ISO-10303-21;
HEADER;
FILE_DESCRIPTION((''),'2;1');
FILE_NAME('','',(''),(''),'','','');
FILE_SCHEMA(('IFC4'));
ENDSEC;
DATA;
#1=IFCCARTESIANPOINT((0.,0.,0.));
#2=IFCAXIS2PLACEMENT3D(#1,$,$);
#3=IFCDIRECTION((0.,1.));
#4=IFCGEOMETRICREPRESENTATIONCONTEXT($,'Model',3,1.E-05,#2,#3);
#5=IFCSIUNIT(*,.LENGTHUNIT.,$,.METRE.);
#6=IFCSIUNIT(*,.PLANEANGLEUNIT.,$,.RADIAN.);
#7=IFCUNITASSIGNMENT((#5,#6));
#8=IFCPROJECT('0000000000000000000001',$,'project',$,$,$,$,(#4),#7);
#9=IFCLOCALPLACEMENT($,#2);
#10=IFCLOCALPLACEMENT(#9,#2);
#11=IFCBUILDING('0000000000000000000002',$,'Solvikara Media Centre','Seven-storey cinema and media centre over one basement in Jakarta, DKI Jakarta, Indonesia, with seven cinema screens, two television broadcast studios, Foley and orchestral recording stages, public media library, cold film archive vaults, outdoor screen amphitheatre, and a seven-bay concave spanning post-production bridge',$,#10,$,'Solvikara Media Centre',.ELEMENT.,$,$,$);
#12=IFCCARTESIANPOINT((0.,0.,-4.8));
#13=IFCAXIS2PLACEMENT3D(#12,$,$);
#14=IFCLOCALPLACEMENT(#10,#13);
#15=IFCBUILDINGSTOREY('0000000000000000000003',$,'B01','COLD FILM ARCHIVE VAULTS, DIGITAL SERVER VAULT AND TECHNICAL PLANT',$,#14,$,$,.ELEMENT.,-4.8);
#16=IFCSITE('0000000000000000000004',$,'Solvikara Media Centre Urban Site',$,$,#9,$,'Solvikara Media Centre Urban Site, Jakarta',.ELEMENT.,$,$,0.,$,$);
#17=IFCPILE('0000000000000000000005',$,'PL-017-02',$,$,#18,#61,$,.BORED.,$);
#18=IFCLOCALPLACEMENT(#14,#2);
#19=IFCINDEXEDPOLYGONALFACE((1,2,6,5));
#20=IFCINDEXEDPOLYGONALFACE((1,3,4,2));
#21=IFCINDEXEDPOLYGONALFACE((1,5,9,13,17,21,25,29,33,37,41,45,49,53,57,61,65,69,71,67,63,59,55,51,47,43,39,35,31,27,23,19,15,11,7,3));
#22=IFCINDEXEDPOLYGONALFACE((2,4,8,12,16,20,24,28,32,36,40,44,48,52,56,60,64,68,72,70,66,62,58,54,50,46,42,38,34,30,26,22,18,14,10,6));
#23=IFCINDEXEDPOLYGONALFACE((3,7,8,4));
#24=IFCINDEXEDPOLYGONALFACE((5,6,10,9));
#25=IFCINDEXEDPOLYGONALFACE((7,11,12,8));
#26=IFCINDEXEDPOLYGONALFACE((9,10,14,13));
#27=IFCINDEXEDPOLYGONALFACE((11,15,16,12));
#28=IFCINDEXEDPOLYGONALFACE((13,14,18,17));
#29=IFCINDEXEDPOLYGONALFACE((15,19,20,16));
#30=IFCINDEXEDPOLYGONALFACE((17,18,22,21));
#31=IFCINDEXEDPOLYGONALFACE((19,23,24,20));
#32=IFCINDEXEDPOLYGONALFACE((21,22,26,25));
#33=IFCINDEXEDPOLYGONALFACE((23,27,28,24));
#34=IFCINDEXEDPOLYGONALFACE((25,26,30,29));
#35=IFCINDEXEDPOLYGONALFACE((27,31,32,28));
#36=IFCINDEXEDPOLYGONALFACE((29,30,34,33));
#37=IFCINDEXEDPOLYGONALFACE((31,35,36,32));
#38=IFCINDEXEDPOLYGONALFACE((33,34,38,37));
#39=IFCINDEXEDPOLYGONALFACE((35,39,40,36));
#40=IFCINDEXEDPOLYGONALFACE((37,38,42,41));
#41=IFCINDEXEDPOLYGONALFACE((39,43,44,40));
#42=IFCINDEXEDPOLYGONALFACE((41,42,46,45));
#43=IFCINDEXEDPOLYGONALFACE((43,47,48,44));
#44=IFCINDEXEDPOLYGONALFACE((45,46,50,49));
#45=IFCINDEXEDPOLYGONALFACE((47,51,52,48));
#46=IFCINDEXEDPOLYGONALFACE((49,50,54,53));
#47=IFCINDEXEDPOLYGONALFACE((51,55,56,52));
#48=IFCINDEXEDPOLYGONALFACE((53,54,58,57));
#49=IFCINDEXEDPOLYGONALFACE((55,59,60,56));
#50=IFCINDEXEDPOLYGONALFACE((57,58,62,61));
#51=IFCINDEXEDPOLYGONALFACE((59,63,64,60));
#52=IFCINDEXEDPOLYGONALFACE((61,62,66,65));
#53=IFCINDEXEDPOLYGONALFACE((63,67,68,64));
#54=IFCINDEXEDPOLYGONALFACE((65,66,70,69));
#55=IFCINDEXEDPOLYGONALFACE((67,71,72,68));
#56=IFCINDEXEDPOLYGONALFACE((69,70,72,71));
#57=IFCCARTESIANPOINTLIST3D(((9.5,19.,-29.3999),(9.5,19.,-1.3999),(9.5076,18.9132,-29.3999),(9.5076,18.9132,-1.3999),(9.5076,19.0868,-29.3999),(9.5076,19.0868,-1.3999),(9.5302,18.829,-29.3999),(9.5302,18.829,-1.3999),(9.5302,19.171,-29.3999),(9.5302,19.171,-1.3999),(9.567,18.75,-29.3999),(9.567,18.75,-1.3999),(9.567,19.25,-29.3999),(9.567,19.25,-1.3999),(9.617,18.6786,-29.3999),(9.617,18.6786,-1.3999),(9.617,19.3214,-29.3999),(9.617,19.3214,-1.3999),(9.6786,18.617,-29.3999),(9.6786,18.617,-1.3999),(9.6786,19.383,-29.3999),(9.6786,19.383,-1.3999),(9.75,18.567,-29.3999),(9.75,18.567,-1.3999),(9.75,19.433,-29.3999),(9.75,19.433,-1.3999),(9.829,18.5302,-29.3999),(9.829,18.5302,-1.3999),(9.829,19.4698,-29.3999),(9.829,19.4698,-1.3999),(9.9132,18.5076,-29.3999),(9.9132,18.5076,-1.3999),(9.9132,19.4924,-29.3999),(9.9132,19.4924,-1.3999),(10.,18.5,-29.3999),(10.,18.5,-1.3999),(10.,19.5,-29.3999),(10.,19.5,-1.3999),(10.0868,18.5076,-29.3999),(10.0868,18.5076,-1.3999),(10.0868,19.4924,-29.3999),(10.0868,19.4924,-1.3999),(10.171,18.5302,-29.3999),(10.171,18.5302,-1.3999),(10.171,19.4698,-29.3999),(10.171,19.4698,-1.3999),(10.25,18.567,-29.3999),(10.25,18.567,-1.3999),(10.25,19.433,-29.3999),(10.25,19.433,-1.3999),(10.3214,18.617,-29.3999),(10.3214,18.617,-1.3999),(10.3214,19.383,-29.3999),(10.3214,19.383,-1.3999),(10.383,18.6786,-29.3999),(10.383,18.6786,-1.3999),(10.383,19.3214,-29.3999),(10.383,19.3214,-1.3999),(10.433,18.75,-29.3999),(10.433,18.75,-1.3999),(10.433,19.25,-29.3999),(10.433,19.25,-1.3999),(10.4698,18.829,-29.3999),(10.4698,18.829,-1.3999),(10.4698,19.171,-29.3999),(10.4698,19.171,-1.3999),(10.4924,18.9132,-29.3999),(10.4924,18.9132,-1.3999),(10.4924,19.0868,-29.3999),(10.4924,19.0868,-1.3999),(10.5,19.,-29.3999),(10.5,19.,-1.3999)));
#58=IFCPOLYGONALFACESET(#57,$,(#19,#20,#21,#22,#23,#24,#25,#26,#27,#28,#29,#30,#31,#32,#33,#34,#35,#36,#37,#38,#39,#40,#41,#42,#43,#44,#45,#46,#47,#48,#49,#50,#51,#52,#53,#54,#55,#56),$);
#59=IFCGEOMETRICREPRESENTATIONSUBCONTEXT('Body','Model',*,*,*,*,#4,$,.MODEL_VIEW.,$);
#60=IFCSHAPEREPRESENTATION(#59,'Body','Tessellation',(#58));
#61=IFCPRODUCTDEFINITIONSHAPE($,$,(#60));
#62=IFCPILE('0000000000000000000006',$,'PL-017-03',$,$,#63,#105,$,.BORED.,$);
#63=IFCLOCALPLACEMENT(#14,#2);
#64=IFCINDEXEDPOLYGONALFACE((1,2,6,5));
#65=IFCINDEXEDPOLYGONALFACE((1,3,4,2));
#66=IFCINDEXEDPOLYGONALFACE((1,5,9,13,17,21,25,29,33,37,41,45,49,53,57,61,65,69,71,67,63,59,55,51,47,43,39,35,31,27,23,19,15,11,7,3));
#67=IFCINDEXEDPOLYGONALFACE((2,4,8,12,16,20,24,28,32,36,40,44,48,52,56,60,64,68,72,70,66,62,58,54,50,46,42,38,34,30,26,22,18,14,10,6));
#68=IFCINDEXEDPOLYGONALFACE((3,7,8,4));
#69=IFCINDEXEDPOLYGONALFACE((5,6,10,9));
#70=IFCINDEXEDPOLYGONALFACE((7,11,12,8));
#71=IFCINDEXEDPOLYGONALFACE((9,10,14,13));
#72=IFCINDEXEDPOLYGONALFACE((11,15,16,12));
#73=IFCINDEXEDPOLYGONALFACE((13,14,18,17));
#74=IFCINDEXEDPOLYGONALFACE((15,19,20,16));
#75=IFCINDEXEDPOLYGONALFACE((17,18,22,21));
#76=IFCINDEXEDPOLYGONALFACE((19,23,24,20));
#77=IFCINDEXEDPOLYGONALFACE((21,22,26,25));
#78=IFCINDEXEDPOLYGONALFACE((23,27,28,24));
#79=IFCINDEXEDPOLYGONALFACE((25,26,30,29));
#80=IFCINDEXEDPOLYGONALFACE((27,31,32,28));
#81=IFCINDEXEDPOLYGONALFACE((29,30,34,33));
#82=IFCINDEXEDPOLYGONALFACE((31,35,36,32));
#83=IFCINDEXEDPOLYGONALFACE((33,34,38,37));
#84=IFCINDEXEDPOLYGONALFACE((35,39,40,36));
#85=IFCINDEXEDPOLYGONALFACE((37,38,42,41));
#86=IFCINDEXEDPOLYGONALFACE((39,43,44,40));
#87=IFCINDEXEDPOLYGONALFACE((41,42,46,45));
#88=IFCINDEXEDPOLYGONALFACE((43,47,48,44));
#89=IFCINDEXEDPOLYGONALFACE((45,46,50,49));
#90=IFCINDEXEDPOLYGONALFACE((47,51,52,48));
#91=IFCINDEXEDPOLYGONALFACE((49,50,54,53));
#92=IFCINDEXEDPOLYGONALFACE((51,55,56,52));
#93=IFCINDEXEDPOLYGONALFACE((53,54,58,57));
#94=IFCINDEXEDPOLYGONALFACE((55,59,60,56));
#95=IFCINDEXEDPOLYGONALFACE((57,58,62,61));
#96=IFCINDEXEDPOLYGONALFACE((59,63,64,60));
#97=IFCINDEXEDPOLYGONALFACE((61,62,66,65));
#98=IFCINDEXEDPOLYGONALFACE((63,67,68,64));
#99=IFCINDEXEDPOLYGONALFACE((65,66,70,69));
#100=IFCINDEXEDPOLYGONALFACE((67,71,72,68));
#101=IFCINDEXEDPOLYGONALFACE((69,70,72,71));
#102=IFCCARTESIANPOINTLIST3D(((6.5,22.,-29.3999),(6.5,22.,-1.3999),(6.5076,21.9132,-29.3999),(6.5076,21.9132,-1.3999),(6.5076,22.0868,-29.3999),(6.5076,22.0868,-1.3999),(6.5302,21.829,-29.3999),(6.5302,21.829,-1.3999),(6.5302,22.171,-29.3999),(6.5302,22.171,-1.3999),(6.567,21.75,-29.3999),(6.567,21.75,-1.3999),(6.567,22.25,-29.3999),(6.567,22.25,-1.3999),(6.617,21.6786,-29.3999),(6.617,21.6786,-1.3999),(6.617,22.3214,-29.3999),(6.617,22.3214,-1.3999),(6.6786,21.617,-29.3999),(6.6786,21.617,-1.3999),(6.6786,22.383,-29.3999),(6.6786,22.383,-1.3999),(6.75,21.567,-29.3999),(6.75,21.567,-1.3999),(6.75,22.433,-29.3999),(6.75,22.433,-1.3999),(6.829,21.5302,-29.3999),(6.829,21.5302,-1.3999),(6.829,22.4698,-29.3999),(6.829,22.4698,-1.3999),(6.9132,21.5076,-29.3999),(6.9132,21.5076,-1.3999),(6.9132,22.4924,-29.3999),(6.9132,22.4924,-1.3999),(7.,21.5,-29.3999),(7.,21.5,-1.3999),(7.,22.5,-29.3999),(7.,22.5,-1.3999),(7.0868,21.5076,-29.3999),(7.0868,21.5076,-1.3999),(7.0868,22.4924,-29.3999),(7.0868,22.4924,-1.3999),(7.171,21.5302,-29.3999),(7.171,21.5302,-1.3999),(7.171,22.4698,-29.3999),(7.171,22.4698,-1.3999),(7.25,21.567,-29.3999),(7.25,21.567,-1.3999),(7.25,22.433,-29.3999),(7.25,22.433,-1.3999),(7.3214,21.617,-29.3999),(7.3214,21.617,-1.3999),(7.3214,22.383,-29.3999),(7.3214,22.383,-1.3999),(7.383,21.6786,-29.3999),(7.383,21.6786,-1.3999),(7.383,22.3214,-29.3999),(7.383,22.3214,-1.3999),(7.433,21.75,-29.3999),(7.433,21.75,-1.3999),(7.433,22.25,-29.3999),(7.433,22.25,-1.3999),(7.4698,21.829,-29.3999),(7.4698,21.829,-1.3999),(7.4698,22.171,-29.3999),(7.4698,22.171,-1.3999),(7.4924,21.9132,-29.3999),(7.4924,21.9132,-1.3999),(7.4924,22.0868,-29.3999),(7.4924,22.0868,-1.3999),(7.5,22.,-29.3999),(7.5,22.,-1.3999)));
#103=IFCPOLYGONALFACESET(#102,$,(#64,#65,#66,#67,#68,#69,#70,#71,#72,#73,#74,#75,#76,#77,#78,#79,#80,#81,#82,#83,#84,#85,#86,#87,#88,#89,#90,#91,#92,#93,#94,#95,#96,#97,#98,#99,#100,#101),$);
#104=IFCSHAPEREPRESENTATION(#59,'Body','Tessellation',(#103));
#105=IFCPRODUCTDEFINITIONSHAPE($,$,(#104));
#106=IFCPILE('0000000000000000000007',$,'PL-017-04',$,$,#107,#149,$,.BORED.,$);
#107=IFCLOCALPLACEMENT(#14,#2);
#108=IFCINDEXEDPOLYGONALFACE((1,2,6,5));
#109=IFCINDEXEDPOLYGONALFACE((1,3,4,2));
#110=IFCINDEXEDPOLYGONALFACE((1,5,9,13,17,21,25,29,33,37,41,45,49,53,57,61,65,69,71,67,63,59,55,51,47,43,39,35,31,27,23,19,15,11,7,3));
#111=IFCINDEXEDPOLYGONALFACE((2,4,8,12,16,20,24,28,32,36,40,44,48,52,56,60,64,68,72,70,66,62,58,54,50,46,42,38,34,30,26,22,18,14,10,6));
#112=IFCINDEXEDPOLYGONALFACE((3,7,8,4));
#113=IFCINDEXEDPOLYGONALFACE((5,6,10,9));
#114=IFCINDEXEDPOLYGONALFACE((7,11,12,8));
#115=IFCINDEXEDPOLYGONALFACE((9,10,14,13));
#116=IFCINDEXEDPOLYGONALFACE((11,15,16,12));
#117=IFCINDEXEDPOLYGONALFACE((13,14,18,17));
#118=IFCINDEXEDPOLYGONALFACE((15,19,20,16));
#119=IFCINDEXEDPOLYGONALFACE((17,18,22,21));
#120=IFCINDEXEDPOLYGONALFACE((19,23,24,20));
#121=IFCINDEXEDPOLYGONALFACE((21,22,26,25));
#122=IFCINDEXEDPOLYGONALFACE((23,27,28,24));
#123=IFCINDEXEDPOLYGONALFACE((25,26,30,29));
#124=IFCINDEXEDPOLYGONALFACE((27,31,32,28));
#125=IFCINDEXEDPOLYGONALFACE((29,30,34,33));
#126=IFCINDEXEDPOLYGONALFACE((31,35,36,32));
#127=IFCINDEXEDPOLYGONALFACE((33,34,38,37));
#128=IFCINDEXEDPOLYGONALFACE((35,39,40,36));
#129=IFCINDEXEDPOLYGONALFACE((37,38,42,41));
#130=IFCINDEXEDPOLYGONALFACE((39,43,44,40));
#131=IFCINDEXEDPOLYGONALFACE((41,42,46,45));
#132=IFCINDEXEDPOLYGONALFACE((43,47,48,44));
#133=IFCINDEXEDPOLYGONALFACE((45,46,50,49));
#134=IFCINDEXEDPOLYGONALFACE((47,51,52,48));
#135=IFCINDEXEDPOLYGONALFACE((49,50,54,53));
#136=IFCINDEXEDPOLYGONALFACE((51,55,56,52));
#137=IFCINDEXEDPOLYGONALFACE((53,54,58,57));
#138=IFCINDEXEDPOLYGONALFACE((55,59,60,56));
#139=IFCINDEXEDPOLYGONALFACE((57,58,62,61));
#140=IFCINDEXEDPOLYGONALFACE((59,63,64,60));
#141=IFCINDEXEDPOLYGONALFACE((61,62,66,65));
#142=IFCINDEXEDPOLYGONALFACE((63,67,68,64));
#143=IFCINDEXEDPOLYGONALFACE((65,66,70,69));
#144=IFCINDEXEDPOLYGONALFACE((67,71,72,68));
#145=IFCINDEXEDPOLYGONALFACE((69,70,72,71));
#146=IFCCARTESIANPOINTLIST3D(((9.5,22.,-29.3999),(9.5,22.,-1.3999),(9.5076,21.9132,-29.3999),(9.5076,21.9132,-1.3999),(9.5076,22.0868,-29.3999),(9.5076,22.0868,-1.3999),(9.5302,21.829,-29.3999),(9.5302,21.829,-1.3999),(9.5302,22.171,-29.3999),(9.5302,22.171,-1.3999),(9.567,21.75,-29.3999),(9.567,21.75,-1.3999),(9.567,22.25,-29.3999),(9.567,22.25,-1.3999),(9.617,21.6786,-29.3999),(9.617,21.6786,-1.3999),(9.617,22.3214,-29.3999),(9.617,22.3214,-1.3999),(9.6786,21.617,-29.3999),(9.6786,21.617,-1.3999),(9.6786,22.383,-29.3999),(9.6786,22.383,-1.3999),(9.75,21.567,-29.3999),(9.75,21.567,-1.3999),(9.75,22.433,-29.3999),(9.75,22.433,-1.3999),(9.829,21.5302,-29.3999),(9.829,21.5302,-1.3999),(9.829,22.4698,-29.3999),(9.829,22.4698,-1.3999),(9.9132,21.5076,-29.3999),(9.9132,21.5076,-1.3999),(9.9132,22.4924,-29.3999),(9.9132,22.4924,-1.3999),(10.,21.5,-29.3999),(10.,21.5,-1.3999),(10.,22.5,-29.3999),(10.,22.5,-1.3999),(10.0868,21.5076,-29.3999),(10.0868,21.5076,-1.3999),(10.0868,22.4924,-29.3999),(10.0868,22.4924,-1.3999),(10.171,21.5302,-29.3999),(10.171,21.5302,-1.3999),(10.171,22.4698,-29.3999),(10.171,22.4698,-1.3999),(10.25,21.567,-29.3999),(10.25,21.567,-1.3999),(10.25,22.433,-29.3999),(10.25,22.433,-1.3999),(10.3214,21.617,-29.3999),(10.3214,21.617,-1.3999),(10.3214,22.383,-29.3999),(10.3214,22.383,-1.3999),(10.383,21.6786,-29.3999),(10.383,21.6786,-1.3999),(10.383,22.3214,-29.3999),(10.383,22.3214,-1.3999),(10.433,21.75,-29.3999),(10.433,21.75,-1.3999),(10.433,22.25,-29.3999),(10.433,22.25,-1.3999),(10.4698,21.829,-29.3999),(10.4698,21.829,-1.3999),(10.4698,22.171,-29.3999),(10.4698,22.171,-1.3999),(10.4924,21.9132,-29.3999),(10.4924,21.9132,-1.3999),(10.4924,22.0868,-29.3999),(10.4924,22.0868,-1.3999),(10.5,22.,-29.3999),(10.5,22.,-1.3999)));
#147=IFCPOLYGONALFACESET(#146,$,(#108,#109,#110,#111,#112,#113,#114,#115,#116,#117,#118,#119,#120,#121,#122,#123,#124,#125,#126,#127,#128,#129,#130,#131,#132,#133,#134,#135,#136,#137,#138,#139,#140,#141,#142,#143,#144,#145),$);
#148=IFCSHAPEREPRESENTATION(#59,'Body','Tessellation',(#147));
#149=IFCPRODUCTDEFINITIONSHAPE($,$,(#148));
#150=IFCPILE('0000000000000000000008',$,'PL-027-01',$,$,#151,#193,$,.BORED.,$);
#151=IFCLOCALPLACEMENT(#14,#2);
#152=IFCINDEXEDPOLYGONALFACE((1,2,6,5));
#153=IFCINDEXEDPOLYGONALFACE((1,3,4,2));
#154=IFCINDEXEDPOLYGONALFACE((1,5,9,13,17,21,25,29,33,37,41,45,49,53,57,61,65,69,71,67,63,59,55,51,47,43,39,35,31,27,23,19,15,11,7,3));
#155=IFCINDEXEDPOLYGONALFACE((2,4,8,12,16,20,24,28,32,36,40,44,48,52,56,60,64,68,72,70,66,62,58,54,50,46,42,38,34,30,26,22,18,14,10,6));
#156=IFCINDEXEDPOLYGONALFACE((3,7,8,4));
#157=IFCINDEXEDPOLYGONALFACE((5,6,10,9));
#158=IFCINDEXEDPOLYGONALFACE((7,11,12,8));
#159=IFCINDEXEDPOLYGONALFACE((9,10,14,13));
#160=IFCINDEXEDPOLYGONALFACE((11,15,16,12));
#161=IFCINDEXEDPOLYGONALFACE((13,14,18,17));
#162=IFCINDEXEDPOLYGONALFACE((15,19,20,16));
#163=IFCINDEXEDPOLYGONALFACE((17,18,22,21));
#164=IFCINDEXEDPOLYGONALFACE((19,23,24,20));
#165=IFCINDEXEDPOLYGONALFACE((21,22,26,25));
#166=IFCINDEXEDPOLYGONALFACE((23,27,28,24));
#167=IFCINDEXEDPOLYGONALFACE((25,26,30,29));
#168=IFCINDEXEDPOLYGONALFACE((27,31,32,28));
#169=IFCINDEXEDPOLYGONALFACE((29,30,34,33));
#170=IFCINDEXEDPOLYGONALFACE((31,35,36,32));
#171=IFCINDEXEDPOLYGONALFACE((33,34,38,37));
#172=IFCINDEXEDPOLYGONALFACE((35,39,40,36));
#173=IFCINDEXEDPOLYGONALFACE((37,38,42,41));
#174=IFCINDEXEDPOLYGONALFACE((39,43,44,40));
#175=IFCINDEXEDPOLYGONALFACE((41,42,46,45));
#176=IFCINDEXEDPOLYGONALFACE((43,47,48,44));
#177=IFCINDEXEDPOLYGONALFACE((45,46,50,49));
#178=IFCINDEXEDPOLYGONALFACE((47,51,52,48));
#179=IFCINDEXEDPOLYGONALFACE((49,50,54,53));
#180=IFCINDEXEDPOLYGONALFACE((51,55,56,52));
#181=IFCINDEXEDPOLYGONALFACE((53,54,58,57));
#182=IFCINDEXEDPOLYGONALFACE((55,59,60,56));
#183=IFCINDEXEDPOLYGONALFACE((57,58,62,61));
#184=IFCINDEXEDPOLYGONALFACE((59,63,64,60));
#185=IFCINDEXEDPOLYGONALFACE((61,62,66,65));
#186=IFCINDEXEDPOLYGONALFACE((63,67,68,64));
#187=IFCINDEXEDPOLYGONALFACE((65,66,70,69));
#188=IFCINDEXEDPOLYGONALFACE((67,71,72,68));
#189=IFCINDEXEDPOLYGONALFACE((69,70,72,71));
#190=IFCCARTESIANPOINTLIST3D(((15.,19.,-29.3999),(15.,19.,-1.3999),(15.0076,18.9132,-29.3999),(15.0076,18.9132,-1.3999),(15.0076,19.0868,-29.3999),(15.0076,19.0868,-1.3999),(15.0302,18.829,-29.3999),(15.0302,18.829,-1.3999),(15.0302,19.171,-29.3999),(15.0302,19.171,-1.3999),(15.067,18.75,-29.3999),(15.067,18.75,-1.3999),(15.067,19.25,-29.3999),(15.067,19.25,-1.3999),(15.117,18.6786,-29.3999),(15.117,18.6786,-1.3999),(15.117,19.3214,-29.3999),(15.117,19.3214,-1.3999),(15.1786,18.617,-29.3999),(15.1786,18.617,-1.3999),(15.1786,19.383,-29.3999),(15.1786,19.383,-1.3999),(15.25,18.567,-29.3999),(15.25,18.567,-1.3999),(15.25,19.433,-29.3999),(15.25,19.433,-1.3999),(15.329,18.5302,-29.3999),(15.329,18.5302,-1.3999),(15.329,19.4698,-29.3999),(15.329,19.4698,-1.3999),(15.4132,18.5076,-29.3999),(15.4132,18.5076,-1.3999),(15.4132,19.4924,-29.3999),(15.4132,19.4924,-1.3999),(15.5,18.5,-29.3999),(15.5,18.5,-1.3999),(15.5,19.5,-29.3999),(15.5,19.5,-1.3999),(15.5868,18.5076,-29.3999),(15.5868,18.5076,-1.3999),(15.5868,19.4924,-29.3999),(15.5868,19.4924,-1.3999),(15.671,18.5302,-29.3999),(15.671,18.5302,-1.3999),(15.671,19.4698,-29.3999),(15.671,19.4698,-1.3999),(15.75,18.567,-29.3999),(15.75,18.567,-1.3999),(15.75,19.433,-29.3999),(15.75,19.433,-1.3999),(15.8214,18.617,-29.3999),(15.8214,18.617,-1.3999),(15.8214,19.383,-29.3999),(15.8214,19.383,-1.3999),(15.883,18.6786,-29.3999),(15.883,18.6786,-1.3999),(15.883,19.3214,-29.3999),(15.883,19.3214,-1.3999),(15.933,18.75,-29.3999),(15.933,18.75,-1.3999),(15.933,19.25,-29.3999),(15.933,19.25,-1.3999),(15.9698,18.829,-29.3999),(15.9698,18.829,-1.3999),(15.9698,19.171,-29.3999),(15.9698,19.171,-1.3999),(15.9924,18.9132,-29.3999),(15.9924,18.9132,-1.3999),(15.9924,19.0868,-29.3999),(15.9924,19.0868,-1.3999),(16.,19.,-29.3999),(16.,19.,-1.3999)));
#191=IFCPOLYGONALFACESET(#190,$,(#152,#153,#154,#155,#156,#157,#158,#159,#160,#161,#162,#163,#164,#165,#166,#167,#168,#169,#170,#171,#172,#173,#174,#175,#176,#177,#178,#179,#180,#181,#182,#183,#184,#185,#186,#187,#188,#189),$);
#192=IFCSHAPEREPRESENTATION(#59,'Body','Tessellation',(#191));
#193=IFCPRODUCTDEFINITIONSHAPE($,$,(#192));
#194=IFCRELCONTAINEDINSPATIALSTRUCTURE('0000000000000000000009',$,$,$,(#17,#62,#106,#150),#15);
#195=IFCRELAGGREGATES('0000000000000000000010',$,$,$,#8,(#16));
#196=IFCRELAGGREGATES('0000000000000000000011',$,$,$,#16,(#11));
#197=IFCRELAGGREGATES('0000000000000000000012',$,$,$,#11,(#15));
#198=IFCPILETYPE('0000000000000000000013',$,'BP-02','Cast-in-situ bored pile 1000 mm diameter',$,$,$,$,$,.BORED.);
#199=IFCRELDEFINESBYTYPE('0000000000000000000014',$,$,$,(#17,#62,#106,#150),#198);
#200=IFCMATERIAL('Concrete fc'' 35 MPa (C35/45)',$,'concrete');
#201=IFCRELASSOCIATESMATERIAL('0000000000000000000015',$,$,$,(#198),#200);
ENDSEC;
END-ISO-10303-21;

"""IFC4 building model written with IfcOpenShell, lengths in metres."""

from ifc_helpers import new_model, si_unit, direction, frame, origin, origin_2d, place, context, subcontext, project, spatial, circle, extrude, material, material_profile, profile_set, type_object, element, save


model = new_model("IFC4")

# Units and contexts
model_context = context("Model", 3, precision=1e-05, world=origin(), true_north=direction((0.0, 1.0)))
body_context = subcontext(model_context, "Body", "Model", "MODEL_VIEW")
ifc_project = project(units=[si_unit("LENGTHUNIT", "METRE"), si_unit("PLANEANGLEUNIT", "RADIAN")], contexts=[model_context])

# Site, building, storey
site_placement = place(None, origin())
site = spatial("IfcSite", under=ifc_project, at=site_placement, Name="Solvikara Media Centre Urban Site", LongName="Solvikara Media Centre Urban Site, Jakarta", CompositionType="ELEMENT", RefElevation=0.0)
building_placement = place(site_placement, origin())
building = spatial("IfcBuilding", under=site, at=building_placement, Name="Solvikara Media Centre", Description="Seven-storey cinema and media centre over one basement in Jakarta, DKI Jakarta, Indonesia, with seven cinema screens, two television broadcast studios, Foley and orchestral recording stages, public media library, cold film archive vaults, outdoor screen amphitheatre, and a seven-bay concave spanning post-production bridge", LongName="Solvikara Media Centre", CompositionType="ELEMENT")
storey_placement = place(building_placement, frame((0.0, 0.0, -4.8)))
storey = spatial("IfcBuildingStorey", under=building, at=storey_placement, Name="B01", Description="COLD FILM ARCHIVE VAULTS, DIGITAL SERVER VAULT AND TECHNICAL PLANT", CompositionType="ELEMENT", Elevation=-4.8)

# Piles
ifc_material_1 = material(Name="Concrete fc' 35 MPa (C35/45)", Category="concrete")
ifc_material_profile_1 = material_profile(ifc_material_1, circle(Radius=0.5, at=origin_2d()), Name="BORED PILE D1000")
ifc_profile_set_1 = profile_set([ifc_material_profile_1], Name="Concrete fc' 35 MPa (C35/45)")
pile_type_1 = type_object("IfcPileType", Name="BP-02", Description="Cast-in-situ bored pile 1000 mm diameter", PredefinedType="BORED", material=ifc_profile_set_1)
for number, where, z_axis, x_axis, name in (
    (1, (10.0, 19.0, -1.3999), (0.0, 0.0, -1.0), (1.0, 0.0, 0.0), "PL-017-02"),
    (2, (7.0, 22.0, -1.3999), (0.0, 0.0, -1.0), (1.0, 0.0, 0.0), "PL-017-03"),
    (3, (10.0, 22.0, -1.3999), (0.0, 0.0, -1.0), (1.0, 0.0, 0.0), "PL-017-04"),
    (4, (15.5, 19.0, -1.3999), (0.0, 0.0, -1.0), (1.0, 0.0, 0.0), "PL-027-01"),
):
    element("IfcPile", number, at=place(storey_placement, frame(where, z_axis=z_axis, x_axis=x_axis)), inside=storey, type_object=pile_type_1, Name=name, PredefinedType="BORED", context=body_context, shape_type="SweptSolid", body=[
        extrude(circle(Radius=0.5, at=origin_2d()), origin(), (0.0, 0.0, 1.0), 28.0),
    ])

save(model, "model.ifc")
